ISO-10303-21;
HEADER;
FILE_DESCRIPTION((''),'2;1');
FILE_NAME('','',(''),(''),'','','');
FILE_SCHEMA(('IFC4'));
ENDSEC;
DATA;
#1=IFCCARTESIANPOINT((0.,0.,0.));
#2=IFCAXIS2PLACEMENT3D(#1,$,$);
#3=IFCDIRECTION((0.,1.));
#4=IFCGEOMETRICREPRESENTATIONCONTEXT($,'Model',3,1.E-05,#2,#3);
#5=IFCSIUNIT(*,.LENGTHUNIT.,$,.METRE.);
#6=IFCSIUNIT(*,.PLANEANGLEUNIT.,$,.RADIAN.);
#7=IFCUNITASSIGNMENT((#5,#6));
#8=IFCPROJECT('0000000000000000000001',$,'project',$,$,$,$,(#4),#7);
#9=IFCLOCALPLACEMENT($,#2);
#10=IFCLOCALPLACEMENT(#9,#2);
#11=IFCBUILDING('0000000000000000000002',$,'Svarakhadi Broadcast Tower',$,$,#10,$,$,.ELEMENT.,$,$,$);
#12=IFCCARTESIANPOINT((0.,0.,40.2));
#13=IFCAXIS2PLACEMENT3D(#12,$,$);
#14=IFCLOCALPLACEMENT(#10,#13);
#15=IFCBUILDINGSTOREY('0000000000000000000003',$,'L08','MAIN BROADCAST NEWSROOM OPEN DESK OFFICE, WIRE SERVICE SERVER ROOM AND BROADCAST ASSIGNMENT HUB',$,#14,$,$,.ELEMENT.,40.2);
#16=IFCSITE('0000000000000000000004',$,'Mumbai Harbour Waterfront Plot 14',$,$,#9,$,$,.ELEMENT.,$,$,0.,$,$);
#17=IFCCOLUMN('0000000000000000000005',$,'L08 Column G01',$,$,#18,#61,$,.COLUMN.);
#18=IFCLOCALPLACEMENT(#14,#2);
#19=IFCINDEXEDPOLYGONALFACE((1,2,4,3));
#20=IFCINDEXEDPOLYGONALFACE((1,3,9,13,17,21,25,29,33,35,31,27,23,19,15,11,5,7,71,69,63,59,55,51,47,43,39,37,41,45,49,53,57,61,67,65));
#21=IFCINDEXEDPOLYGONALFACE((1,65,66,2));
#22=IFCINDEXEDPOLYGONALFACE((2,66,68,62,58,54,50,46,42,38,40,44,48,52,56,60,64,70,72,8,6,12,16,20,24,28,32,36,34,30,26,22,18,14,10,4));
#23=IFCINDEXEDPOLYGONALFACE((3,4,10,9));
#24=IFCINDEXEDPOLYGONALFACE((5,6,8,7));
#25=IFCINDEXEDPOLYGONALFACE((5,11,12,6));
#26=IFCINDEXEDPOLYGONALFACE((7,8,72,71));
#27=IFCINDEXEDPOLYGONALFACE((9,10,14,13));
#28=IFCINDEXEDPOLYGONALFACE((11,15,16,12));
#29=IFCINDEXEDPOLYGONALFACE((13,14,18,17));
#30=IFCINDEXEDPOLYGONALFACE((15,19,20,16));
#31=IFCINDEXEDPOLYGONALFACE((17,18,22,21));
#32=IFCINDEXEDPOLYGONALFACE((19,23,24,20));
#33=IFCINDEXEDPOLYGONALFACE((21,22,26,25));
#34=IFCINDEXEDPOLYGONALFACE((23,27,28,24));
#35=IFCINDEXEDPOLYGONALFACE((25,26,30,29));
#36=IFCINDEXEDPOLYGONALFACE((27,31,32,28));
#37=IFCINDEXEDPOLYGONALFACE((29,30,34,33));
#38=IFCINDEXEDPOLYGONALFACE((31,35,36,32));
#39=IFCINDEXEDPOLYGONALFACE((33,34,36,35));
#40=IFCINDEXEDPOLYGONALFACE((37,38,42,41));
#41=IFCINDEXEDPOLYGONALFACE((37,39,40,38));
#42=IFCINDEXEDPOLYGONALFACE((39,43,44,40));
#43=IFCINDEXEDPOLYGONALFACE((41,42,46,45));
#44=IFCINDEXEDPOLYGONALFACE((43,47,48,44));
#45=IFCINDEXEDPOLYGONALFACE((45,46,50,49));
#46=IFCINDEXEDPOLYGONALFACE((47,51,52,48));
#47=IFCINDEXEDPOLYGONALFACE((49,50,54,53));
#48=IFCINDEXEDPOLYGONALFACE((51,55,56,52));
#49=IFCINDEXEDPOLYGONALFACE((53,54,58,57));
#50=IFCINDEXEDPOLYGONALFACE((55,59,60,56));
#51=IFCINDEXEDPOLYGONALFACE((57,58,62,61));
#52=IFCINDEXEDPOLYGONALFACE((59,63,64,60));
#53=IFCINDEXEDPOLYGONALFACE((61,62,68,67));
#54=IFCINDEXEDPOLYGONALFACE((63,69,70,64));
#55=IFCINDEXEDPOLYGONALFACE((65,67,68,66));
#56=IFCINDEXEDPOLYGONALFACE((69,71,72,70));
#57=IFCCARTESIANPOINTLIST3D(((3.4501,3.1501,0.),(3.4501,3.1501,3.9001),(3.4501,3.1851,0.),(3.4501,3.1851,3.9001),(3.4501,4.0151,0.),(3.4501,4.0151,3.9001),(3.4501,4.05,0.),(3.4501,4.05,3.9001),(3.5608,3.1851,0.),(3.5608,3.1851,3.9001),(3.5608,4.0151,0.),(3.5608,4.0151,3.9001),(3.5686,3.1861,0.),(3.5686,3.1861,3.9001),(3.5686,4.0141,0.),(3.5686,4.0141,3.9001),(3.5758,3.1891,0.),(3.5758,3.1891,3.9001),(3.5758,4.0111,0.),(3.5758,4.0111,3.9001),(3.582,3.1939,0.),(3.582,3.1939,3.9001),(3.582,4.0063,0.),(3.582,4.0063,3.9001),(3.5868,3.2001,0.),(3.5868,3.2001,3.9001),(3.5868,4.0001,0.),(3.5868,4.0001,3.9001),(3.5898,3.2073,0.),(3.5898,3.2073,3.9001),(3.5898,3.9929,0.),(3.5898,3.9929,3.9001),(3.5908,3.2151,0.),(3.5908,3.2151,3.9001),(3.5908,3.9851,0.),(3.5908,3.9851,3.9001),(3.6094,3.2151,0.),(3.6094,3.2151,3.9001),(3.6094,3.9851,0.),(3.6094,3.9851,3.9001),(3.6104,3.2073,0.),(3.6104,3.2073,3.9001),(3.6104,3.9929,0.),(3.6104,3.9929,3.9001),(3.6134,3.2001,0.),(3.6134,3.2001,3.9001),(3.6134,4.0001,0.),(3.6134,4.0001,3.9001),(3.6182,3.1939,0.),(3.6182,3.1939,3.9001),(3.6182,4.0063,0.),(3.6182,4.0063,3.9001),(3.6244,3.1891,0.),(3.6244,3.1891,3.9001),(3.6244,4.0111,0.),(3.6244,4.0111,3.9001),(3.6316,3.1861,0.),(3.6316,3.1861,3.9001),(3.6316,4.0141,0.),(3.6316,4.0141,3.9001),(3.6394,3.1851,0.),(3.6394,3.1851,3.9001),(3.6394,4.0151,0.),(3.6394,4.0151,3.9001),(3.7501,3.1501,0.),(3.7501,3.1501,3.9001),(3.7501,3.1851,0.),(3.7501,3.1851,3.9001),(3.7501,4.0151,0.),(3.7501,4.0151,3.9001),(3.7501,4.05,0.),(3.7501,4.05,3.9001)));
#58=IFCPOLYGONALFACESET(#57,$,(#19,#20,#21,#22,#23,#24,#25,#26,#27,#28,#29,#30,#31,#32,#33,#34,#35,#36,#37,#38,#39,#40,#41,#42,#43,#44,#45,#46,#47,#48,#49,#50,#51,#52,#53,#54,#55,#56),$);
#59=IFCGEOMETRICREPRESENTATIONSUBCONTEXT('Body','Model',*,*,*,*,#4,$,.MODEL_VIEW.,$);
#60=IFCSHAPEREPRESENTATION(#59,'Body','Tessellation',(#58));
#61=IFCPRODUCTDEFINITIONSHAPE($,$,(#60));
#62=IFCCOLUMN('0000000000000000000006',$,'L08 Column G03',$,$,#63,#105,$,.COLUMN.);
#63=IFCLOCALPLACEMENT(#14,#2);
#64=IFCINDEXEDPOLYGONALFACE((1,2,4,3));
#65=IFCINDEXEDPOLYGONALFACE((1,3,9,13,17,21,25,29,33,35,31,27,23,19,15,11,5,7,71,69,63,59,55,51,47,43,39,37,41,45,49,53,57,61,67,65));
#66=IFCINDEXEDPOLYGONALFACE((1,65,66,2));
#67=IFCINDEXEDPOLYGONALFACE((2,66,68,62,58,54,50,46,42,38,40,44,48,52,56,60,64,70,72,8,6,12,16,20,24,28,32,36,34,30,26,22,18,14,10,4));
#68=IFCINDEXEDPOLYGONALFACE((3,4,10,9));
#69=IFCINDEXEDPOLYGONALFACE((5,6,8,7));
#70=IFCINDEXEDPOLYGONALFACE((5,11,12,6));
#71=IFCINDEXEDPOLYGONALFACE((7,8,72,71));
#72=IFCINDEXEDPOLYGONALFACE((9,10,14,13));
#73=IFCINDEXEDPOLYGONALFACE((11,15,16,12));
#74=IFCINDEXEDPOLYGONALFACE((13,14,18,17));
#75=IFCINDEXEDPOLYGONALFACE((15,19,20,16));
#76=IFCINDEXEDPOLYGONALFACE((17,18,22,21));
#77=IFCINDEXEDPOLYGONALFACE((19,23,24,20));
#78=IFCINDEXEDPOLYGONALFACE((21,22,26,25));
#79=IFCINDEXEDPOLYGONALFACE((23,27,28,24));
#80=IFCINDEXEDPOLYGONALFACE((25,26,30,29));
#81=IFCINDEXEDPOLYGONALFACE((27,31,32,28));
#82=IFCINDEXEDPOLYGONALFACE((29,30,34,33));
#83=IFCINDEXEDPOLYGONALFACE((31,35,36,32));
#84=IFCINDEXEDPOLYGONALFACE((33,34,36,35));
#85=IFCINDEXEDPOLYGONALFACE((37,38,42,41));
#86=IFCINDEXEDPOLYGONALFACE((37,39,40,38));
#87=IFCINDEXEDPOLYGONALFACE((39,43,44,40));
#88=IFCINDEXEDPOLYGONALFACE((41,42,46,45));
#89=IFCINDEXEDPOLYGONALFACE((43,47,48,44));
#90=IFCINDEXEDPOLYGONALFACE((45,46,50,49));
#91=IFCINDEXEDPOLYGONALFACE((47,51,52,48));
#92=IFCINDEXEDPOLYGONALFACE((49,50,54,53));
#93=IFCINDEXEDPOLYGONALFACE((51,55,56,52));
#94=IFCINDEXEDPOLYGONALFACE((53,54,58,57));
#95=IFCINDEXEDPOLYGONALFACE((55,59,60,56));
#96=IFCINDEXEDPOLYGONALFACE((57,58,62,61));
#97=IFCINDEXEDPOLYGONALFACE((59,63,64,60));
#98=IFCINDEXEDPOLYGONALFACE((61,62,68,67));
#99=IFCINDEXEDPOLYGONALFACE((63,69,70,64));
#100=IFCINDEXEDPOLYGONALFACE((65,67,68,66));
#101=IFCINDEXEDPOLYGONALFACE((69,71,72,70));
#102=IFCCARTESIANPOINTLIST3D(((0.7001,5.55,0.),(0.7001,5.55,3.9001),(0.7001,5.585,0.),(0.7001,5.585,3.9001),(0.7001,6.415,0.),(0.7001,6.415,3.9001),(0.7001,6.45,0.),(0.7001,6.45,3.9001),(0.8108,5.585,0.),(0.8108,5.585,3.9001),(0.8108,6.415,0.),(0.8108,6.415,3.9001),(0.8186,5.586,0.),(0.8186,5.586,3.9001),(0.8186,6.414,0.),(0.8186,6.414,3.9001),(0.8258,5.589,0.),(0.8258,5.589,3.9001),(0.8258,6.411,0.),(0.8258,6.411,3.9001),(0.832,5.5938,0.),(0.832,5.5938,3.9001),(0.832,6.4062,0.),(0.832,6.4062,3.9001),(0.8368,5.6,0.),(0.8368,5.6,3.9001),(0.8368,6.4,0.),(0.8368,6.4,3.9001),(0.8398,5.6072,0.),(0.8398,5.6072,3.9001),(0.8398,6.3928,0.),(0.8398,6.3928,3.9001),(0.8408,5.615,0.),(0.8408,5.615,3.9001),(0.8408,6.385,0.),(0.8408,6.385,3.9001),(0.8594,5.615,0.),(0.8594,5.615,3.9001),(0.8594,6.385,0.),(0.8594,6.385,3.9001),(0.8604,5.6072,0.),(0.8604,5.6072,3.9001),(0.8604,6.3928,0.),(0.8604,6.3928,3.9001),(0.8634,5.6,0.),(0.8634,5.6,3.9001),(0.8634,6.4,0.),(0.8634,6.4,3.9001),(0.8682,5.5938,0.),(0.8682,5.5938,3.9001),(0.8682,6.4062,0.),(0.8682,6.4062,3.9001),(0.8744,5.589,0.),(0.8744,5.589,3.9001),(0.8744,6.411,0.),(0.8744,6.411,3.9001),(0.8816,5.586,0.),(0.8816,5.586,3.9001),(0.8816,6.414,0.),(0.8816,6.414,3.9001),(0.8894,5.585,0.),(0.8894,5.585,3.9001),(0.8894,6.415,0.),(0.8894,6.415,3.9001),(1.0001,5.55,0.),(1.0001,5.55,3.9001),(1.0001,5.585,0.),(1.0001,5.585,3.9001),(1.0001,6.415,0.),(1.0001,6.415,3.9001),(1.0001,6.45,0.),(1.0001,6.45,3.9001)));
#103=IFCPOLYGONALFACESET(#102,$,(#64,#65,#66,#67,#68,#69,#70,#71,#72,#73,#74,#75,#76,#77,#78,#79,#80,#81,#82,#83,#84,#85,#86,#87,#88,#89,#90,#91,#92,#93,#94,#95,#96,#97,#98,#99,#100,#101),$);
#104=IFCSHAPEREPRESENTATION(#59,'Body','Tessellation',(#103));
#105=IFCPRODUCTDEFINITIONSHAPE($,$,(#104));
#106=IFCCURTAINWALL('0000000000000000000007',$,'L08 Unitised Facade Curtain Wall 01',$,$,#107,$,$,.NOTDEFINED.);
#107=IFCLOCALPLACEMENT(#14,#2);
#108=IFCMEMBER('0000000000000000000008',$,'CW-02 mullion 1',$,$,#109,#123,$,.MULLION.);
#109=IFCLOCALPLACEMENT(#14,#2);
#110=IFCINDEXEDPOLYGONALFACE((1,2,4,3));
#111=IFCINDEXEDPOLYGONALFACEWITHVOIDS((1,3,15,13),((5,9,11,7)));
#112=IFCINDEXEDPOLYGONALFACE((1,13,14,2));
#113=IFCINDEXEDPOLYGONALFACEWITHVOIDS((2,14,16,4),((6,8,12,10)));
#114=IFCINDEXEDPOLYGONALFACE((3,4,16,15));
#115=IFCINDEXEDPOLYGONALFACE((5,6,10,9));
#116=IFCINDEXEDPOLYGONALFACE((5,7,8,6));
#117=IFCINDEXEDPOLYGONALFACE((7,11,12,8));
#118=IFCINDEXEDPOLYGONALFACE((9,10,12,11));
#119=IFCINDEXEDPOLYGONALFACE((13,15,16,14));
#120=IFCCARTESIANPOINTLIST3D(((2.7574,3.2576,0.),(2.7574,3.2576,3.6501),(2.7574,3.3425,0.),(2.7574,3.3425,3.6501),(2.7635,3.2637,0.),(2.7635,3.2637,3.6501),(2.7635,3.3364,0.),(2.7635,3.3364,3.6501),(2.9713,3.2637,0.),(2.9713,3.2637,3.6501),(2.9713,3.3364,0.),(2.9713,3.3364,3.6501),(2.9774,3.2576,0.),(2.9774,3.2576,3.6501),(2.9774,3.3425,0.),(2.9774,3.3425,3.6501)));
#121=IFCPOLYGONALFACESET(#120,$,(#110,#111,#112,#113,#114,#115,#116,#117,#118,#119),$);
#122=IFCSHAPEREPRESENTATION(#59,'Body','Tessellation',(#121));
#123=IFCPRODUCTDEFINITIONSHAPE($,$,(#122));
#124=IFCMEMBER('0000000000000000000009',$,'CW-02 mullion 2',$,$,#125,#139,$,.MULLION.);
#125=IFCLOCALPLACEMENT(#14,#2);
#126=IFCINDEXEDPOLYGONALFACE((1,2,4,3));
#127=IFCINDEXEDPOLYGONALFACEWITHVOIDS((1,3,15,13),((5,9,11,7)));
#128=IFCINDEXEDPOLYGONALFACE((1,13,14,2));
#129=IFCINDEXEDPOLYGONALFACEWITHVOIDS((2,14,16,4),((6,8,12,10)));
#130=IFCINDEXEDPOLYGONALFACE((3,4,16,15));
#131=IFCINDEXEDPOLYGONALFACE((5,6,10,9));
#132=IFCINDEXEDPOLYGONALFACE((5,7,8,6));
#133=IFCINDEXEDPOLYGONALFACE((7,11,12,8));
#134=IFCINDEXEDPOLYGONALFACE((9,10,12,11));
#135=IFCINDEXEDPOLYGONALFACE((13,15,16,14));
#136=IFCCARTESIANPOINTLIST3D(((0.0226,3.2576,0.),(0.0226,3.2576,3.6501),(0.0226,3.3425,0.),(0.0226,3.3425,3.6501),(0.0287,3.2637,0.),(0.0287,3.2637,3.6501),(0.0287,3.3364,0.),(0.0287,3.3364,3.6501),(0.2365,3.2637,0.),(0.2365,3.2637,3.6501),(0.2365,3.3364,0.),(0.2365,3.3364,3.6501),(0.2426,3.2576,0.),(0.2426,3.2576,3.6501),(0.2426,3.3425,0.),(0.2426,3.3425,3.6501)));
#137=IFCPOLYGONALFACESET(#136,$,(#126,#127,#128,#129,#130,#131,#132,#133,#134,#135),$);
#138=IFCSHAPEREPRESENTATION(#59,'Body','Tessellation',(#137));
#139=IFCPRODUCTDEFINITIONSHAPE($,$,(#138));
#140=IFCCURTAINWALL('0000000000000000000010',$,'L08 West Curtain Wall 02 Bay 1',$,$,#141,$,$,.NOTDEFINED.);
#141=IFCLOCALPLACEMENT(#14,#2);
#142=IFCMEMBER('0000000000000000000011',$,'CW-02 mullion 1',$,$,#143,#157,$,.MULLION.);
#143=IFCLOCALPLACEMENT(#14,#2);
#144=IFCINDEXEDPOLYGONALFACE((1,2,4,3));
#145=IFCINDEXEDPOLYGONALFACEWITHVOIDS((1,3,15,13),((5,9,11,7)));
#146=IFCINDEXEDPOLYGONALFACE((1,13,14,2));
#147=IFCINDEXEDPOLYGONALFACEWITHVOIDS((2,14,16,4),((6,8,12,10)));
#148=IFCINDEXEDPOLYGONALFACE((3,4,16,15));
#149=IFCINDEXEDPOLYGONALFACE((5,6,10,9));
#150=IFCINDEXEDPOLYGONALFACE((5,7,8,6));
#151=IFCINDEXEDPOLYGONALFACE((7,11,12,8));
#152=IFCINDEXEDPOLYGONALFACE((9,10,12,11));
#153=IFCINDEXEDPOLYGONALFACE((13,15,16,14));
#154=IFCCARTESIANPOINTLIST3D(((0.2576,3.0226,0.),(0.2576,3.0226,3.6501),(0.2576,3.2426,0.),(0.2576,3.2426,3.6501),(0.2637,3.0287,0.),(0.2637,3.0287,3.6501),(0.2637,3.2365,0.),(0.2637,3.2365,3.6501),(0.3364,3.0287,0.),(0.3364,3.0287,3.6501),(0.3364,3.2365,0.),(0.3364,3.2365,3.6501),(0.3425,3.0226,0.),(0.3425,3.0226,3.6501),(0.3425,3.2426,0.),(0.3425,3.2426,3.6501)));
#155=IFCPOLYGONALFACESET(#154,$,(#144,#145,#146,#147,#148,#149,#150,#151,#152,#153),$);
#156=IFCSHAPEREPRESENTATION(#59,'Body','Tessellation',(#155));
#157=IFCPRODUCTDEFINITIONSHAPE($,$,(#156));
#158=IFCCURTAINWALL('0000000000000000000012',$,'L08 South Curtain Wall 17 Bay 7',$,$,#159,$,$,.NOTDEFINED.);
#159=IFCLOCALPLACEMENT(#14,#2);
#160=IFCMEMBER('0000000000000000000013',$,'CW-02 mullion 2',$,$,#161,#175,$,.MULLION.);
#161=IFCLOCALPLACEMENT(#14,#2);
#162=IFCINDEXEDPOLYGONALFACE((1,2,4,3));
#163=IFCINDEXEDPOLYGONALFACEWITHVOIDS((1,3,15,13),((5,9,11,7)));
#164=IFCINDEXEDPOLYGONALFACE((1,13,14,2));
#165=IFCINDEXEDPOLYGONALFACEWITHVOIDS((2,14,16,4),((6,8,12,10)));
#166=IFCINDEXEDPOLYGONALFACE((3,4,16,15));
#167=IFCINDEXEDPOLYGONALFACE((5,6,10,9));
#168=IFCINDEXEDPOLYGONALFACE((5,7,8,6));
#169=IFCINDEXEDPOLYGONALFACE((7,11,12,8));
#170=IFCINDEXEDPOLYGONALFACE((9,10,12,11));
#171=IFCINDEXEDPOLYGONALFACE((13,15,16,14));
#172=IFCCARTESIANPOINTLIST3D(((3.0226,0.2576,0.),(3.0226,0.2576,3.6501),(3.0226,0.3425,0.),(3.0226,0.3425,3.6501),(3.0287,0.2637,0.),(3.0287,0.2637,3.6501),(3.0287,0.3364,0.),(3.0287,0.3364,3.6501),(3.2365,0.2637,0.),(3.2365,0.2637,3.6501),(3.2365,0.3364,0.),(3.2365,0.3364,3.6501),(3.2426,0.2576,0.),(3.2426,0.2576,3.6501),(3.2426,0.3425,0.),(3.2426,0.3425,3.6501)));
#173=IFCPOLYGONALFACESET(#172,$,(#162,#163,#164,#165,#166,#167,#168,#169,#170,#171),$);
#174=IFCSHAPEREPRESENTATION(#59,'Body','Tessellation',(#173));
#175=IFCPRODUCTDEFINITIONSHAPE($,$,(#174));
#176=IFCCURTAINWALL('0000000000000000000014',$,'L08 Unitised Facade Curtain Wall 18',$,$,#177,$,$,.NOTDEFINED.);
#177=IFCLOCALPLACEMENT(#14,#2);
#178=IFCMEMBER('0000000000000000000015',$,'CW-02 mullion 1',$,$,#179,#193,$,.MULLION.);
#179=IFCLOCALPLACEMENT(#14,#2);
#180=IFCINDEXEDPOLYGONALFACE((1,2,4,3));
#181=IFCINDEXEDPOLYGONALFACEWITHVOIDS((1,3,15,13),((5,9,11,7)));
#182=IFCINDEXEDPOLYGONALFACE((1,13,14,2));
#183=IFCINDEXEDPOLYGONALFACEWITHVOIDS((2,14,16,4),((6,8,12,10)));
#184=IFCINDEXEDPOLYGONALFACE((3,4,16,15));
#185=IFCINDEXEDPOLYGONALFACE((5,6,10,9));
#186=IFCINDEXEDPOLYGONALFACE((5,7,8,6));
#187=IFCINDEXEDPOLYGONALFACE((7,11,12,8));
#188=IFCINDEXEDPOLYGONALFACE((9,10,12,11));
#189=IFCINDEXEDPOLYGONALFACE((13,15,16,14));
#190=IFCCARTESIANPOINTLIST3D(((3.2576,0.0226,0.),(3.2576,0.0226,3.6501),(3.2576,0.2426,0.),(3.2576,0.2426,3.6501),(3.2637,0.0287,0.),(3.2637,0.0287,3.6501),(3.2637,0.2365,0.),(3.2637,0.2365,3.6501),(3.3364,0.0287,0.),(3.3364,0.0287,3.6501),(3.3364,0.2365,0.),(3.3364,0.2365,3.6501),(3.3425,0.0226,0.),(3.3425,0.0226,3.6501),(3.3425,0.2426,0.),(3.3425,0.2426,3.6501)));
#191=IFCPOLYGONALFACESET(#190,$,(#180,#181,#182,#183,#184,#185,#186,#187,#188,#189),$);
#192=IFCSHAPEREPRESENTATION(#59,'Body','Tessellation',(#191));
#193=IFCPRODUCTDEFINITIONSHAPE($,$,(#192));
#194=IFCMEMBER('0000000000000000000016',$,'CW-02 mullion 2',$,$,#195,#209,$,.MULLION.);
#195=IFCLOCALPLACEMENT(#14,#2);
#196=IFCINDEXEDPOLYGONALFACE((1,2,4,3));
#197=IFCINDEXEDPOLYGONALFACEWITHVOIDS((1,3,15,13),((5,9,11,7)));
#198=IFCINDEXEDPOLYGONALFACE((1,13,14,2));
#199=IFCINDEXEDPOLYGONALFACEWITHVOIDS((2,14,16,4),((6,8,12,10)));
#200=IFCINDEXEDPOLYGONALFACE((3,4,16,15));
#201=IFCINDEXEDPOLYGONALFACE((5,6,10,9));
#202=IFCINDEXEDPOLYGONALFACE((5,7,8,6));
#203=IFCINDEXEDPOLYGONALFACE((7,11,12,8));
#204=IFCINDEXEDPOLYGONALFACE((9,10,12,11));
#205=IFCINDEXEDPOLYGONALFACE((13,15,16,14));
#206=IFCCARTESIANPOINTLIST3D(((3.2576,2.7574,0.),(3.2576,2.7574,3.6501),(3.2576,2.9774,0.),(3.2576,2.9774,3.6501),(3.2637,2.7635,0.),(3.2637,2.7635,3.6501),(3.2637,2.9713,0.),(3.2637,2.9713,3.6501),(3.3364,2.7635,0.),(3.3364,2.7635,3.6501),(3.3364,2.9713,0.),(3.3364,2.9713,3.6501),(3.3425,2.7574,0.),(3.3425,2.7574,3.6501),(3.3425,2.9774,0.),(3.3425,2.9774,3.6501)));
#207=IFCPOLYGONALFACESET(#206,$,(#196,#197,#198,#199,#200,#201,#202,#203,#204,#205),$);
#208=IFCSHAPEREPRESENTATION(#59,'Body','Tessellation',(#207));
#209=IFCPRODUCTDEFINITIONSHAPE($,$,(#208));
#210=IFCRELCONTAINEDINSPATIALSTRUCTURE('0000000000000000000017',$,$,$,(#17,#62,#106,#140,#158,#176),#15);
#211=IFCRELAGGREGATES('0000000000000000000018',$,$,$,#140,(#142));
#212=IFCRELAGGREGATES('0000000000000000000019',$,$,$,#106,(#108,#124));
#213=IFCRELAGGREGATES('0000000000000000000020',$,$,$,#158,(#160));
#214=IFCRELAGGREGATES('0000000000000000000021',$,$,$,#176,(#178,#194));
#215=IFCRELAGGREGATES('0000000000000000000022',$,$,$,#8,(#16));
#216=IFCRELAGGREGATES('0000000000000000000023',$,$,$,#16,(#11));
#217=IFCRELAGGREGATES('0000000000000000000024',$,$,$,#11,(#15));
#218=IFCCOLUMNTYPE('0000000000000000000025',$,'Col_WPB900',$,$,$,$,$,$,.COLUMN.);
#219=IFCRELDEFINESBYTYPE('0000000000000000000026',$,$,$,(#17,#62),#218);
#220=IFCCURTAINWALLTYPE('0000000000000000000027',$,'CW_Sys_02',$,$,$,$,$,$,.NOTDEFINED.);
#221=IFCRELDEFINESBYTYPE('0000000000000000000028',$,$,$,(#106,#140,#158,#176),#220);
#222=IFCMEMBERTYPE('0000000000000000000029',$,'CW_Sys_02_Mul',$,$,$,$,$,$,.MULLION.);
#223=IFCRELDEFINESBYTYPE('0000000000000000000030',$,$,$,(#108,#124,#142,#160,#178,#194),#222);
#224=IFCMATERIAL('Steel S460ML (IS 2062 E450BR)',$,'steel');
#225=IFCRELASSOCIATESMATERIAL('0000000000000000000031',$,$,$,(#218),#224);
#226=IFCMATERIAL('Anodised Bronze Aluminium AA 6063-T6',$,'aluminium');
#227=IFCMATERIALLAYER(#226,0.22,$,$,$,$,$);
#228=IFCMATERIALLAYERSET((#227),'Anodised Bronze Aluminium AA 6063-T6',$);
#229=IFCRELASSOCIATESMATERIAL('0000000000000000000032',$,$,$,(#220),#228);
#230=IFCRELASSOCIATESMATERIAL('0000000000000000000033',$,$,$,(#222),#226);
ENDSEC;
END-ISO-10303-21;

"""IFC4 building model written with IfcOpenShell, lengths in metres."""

from ifc_helpers import new_model, si_unit, direction, frame, origin, origin_2d, place, context, subcontext, project, spatial, hollow_rectangle, i_section, extrude, material, layer, layer_set, material_profile, profile_set, type_object, element, aggregate, save


model = new_model("IFC4")

# Units and contexts
model_context = context("Model", 3, precision=1e-05, world=origin(), true_north=direction((0.0, 1.0)))
body_context = subcontext(model_context, "Body", "Model", "MODEL_VIEW")
ifc_project = project(units=[si_unit("LENGTHUNIT", "METRE"), si_unit("PLANEANGLEUNIT", "RADIAN")], contexts=[model_context])

# Site, building, storey
site_placement = place(None, origin())
site = spatial("IfcSite", under=ifc_project, at=site_placement, Name="Mumbai Harbour Waterfront Plot 14", CompositionType="ELEMENT", RefElevation=0.0)
building_placement = place(site_placement, origin())
building = spatial("IfcBuilding", under=site, at=building_placement, Name="Svarakhadi Broadcast Tower", CompositionType="ELEMENT")
storey_placement = place(building_placement, frame((0.0, 0.0, 40.2)))
storey = spatial("IfcBuildingStorey", under=building, at=storey_placement, Name="L08", Description="MAIN BROADCAST NEWSROOM OPEN DESK OFFICE, WIRE SERVICE SERVER ROOM AND BROADCAST ASSIGNMENT HUB", CompositionType="ELEMENT", Elevation=40.2)

# Columns
ifc_material_1 = material(Name="Steel S460ML (IS 2062 E450BR)", Category="steel")
ifc_material_profile_1 = material_profile(ifc_material_1, i_section(OverallWidth=0.3, OverallDepth=0.8999, WebThickness=0.0186, FlangeThickness=0.0349, FilletRadius=0.03, at=origin_2d()), Name="WPB 900x300x291")
ifc_profile_set_1 = profile_set([ifc_material_profile_1], Name="Steel S460ML (IS 2062 E450BR)")
column_type = type_object("IfcColumnType", Name="Col_WPB900", PredefinedType="COLUMN", material=ifc_profile_set_1)
for number, where, z_axis, x_axis, name in (
    (1, (3.6001, 3.6001, 0.0), (0.0, 0.0, 1.0), (1.0, 0.0, 0.0), "L08 Column G01"),
    (2, (0.8501, 6.0, 0.0), (0.0, 0.0, 1.0), (1.0, 0.0, 0.0), "L08 Column G03"),
):
    element("IfcColumn", number, at=place(storey_placement, frame(where, z_axis=z_axis, x_axis=x_axis)), inside=storey, type_object=column_type, Name=name, PredefinedType="COLUMN", context=body_context, shape_type="SweptSolid", body=[
        extrude(i_section(OverallWidth=0.3, OverallDepth=0.8999, WebThickness=0.0186, FlangeThickness=0.0349, FilletRadius=0.03, at=origin_2d()), origin(), (0.0, 0.0, 1.0), 3.9001),
    ])

# Curtain wall, members
ifc_material_2 = material(Name="Anodised Bronze Aluminium AA 6063-T6", Category="aluminium")
ifc_layer_1 = layer(ifc_material_2, 0.22)
ifc_layer_set_1 = layer_set([ifc_layer_1], Name="Anodised Bronze Aluminium AA 6063-T6")
curtain_wall_type = type_object("IfcCurtainWallType", Name="CW_Sys_02", PredefinedType="NOTDEFINED", material=ifc_layer_set_1)
curtain_wall_1_placement = place(storey_placement, origin())
curtain_wall_1 = element("IfcCurtainWall", 3, at=curtain_wall_1_placement, inside=storey, type_object=curtain_wall_type, Name="L08 Unitised Facade Curtain Wall 01", PredefinedType="NOTDEFINED")
ifc_material_profile_2 = material_profile(ifc_material_2, hollow_rectangle(XDim=0.085, YDim=0.22, WallThickness=0.0061, at=origin_2d()), Name="ALU MULLION 220x85x6")
ifc_profile_set_2 = profile_set([ifc_material_profile_2], Name="Anodised Bronze Aluminium AA 6063-T6")
member_type_1 = type_object("IfcMemberType", Name="CW_Sys_02_Mul", PredefinedType="MULLION", material=ifc_profile_set_2)
member_1_placement = place(storey_placement, frame((2.8674, 3.3, 0.0), z_axis=(0.0, 0.0, 1.0), x_axis=(0.0, -1.0, 0.0)))
member_1 = element("IfcMember", 4, at=member_1_placement, type_object=member_type_1, Name="CW-02 mullion 1", PredefinedType="MULLION", context=body_context, shape_type="SweptSolid", body=[
    extrude(hollow_rectangle(XDim=0.085, YDim=0.22, WallThickness=0.0061, at=origin_2d()), origin(), (0.0, 0.0, 1.0), 3.6501),
])
member_2_placement = place(storey_placement, frame((0.1326, 3.3, 0.0), z_axis=(0.0, 0.0, 1.0), x_axis=(0.0, -1.0, 0.0)))
member_2 = element("IfcMember", 5, at=member_2_placement, type_object=member_type_1, Name="CW-02 mullion 2", PredefinedType="MULLION", context=body_context, shape_type="SweptSolid", body=[
    extrude(hollow_rectangle(XDim=0.085, YDim=0.22, WallThickness=0.0061, at=origin_2d()), origin(), (0.0, 0.0, 1.0), 3.6501),
])

# Curtain walls, members
curtain_wall_2_placement = place(storey_placement, origin())
curtain_wall_2 = element("IfcCurtainWall", 6, at=curtain_wall_2_placement, inside=storey, type_object=curtain_wall_type, Name="L08 West Curtain Wall 02 Bay 1", PredefinedType="NOTDEFINED")
member_3_placement = place(storey_placement, frame((0.3, 3.1326, 0.0), z_axis=(0.0, 0.0, 1.0), x_axis=(-1.0, 0.0, 0.0)))
member_3 = element("IfcMember", 7, at=member_3_placement, type_object=member_type_1, Name="CW-02 mullion 1", PredefinedType="MULLION", context=body_context, shape_type="SweptSolid", body=[
    extrude(hollow_rectangle(XDim=0.085, YDim=0.22, WallThickness=0.0061, at=origin_2d()), origin(), (0.0, 0.0, 1.0), 3.6501),
])
curtain_wall_3_placement = place(storey_placement, origin())
curtain_wall_3 = element("IfcCurtainWall", 8, at=curtain_wall_3_placement, inside=storey, type_object=curtain_wall_type, Name="L08 South Curtain Wall 17 Bay 7", PredefinedType="NOTDEFINED")
member_4_placement = place(storey_placement, frame((3.1326, 0.3, 0.0), z_axis=(0.0, 0.0, 1.0), x_axis=(0.0, -1.0, 0.0)))
member_4 = element("IfcMember", 9, at=member_4_placement, type_object=member_type_1, Name="CW-02 mullion 2", PredefinedType="MULLION", context=body_context, shape_type="SweptSolid", body=[
    extrude(hollow_rectangle(XDim=0.085, YDim=0.22, WallThickness=0.0061, at=origin_2d()), origin(), (0.0, 0.0, 1.0), 3.6501),
])

# Curtain wall, members
curtain_wall_4_placement = place(storey_placement, origin())
curtain_wall_4 = element("IfcCurtainWall", 10, at=curtain_wall_4_placement, inside=storey, type_object=curtain_wall_type, Name="L08 Unitised Facade Curtain Wall 18", PredefinedType="NOTDEFINED")
member_5_placement = place(storey_placement, frame((3.3, 0.1326, 0.0), z_axis=(0.0, 0.0, 1.0), x_axis=(-1.0, 0.0, 0.0)))
member_5 = element("IfcMember", 11, at=member_5_placement, type_object=member_type_1, Name="CW-02 mullion 1", PredefinedType="MULLION", context=body_context, shape_type="SweptSolid", body=[
    extrude(hollow_rectangle(XDim=0.085, YDim=0.22, WallThickness=0.0061, at=origin_2d()), origin(), (0.0, 0.0, 1.0), 3.6501),
])
member_6_placement = place(storey_placement, frame((3.3, 2.8674, 0.0), z_axis=(0.0, 0.0, 1.0), x_axis=(-1.0, 0.0, 0.0)))
member_6 = element("IfcMember", 12, at=member_6_placement, type_object=member_type_1, Name="CW-02 mullion 2", PredefinedType="MULLION", context=body_context, shape_type="SweptSolid", body=[
    extrude(hollow_rectangle(XDim=0.085, YDim=0.22, WallThickness=0.0061, at=origin_2d()), origin(), (0.0, 0.0, 1.0), 3.6501),
])

aggregate(curtain_wall_2, [member_3])

aggregate(curtain_wall_1, [member_1, member_2])
aggregate(curtain_wall_3, [member_4])
aggregate(curtain_wall_4, [member_5, member_6])

save(model, "model.ifc")
